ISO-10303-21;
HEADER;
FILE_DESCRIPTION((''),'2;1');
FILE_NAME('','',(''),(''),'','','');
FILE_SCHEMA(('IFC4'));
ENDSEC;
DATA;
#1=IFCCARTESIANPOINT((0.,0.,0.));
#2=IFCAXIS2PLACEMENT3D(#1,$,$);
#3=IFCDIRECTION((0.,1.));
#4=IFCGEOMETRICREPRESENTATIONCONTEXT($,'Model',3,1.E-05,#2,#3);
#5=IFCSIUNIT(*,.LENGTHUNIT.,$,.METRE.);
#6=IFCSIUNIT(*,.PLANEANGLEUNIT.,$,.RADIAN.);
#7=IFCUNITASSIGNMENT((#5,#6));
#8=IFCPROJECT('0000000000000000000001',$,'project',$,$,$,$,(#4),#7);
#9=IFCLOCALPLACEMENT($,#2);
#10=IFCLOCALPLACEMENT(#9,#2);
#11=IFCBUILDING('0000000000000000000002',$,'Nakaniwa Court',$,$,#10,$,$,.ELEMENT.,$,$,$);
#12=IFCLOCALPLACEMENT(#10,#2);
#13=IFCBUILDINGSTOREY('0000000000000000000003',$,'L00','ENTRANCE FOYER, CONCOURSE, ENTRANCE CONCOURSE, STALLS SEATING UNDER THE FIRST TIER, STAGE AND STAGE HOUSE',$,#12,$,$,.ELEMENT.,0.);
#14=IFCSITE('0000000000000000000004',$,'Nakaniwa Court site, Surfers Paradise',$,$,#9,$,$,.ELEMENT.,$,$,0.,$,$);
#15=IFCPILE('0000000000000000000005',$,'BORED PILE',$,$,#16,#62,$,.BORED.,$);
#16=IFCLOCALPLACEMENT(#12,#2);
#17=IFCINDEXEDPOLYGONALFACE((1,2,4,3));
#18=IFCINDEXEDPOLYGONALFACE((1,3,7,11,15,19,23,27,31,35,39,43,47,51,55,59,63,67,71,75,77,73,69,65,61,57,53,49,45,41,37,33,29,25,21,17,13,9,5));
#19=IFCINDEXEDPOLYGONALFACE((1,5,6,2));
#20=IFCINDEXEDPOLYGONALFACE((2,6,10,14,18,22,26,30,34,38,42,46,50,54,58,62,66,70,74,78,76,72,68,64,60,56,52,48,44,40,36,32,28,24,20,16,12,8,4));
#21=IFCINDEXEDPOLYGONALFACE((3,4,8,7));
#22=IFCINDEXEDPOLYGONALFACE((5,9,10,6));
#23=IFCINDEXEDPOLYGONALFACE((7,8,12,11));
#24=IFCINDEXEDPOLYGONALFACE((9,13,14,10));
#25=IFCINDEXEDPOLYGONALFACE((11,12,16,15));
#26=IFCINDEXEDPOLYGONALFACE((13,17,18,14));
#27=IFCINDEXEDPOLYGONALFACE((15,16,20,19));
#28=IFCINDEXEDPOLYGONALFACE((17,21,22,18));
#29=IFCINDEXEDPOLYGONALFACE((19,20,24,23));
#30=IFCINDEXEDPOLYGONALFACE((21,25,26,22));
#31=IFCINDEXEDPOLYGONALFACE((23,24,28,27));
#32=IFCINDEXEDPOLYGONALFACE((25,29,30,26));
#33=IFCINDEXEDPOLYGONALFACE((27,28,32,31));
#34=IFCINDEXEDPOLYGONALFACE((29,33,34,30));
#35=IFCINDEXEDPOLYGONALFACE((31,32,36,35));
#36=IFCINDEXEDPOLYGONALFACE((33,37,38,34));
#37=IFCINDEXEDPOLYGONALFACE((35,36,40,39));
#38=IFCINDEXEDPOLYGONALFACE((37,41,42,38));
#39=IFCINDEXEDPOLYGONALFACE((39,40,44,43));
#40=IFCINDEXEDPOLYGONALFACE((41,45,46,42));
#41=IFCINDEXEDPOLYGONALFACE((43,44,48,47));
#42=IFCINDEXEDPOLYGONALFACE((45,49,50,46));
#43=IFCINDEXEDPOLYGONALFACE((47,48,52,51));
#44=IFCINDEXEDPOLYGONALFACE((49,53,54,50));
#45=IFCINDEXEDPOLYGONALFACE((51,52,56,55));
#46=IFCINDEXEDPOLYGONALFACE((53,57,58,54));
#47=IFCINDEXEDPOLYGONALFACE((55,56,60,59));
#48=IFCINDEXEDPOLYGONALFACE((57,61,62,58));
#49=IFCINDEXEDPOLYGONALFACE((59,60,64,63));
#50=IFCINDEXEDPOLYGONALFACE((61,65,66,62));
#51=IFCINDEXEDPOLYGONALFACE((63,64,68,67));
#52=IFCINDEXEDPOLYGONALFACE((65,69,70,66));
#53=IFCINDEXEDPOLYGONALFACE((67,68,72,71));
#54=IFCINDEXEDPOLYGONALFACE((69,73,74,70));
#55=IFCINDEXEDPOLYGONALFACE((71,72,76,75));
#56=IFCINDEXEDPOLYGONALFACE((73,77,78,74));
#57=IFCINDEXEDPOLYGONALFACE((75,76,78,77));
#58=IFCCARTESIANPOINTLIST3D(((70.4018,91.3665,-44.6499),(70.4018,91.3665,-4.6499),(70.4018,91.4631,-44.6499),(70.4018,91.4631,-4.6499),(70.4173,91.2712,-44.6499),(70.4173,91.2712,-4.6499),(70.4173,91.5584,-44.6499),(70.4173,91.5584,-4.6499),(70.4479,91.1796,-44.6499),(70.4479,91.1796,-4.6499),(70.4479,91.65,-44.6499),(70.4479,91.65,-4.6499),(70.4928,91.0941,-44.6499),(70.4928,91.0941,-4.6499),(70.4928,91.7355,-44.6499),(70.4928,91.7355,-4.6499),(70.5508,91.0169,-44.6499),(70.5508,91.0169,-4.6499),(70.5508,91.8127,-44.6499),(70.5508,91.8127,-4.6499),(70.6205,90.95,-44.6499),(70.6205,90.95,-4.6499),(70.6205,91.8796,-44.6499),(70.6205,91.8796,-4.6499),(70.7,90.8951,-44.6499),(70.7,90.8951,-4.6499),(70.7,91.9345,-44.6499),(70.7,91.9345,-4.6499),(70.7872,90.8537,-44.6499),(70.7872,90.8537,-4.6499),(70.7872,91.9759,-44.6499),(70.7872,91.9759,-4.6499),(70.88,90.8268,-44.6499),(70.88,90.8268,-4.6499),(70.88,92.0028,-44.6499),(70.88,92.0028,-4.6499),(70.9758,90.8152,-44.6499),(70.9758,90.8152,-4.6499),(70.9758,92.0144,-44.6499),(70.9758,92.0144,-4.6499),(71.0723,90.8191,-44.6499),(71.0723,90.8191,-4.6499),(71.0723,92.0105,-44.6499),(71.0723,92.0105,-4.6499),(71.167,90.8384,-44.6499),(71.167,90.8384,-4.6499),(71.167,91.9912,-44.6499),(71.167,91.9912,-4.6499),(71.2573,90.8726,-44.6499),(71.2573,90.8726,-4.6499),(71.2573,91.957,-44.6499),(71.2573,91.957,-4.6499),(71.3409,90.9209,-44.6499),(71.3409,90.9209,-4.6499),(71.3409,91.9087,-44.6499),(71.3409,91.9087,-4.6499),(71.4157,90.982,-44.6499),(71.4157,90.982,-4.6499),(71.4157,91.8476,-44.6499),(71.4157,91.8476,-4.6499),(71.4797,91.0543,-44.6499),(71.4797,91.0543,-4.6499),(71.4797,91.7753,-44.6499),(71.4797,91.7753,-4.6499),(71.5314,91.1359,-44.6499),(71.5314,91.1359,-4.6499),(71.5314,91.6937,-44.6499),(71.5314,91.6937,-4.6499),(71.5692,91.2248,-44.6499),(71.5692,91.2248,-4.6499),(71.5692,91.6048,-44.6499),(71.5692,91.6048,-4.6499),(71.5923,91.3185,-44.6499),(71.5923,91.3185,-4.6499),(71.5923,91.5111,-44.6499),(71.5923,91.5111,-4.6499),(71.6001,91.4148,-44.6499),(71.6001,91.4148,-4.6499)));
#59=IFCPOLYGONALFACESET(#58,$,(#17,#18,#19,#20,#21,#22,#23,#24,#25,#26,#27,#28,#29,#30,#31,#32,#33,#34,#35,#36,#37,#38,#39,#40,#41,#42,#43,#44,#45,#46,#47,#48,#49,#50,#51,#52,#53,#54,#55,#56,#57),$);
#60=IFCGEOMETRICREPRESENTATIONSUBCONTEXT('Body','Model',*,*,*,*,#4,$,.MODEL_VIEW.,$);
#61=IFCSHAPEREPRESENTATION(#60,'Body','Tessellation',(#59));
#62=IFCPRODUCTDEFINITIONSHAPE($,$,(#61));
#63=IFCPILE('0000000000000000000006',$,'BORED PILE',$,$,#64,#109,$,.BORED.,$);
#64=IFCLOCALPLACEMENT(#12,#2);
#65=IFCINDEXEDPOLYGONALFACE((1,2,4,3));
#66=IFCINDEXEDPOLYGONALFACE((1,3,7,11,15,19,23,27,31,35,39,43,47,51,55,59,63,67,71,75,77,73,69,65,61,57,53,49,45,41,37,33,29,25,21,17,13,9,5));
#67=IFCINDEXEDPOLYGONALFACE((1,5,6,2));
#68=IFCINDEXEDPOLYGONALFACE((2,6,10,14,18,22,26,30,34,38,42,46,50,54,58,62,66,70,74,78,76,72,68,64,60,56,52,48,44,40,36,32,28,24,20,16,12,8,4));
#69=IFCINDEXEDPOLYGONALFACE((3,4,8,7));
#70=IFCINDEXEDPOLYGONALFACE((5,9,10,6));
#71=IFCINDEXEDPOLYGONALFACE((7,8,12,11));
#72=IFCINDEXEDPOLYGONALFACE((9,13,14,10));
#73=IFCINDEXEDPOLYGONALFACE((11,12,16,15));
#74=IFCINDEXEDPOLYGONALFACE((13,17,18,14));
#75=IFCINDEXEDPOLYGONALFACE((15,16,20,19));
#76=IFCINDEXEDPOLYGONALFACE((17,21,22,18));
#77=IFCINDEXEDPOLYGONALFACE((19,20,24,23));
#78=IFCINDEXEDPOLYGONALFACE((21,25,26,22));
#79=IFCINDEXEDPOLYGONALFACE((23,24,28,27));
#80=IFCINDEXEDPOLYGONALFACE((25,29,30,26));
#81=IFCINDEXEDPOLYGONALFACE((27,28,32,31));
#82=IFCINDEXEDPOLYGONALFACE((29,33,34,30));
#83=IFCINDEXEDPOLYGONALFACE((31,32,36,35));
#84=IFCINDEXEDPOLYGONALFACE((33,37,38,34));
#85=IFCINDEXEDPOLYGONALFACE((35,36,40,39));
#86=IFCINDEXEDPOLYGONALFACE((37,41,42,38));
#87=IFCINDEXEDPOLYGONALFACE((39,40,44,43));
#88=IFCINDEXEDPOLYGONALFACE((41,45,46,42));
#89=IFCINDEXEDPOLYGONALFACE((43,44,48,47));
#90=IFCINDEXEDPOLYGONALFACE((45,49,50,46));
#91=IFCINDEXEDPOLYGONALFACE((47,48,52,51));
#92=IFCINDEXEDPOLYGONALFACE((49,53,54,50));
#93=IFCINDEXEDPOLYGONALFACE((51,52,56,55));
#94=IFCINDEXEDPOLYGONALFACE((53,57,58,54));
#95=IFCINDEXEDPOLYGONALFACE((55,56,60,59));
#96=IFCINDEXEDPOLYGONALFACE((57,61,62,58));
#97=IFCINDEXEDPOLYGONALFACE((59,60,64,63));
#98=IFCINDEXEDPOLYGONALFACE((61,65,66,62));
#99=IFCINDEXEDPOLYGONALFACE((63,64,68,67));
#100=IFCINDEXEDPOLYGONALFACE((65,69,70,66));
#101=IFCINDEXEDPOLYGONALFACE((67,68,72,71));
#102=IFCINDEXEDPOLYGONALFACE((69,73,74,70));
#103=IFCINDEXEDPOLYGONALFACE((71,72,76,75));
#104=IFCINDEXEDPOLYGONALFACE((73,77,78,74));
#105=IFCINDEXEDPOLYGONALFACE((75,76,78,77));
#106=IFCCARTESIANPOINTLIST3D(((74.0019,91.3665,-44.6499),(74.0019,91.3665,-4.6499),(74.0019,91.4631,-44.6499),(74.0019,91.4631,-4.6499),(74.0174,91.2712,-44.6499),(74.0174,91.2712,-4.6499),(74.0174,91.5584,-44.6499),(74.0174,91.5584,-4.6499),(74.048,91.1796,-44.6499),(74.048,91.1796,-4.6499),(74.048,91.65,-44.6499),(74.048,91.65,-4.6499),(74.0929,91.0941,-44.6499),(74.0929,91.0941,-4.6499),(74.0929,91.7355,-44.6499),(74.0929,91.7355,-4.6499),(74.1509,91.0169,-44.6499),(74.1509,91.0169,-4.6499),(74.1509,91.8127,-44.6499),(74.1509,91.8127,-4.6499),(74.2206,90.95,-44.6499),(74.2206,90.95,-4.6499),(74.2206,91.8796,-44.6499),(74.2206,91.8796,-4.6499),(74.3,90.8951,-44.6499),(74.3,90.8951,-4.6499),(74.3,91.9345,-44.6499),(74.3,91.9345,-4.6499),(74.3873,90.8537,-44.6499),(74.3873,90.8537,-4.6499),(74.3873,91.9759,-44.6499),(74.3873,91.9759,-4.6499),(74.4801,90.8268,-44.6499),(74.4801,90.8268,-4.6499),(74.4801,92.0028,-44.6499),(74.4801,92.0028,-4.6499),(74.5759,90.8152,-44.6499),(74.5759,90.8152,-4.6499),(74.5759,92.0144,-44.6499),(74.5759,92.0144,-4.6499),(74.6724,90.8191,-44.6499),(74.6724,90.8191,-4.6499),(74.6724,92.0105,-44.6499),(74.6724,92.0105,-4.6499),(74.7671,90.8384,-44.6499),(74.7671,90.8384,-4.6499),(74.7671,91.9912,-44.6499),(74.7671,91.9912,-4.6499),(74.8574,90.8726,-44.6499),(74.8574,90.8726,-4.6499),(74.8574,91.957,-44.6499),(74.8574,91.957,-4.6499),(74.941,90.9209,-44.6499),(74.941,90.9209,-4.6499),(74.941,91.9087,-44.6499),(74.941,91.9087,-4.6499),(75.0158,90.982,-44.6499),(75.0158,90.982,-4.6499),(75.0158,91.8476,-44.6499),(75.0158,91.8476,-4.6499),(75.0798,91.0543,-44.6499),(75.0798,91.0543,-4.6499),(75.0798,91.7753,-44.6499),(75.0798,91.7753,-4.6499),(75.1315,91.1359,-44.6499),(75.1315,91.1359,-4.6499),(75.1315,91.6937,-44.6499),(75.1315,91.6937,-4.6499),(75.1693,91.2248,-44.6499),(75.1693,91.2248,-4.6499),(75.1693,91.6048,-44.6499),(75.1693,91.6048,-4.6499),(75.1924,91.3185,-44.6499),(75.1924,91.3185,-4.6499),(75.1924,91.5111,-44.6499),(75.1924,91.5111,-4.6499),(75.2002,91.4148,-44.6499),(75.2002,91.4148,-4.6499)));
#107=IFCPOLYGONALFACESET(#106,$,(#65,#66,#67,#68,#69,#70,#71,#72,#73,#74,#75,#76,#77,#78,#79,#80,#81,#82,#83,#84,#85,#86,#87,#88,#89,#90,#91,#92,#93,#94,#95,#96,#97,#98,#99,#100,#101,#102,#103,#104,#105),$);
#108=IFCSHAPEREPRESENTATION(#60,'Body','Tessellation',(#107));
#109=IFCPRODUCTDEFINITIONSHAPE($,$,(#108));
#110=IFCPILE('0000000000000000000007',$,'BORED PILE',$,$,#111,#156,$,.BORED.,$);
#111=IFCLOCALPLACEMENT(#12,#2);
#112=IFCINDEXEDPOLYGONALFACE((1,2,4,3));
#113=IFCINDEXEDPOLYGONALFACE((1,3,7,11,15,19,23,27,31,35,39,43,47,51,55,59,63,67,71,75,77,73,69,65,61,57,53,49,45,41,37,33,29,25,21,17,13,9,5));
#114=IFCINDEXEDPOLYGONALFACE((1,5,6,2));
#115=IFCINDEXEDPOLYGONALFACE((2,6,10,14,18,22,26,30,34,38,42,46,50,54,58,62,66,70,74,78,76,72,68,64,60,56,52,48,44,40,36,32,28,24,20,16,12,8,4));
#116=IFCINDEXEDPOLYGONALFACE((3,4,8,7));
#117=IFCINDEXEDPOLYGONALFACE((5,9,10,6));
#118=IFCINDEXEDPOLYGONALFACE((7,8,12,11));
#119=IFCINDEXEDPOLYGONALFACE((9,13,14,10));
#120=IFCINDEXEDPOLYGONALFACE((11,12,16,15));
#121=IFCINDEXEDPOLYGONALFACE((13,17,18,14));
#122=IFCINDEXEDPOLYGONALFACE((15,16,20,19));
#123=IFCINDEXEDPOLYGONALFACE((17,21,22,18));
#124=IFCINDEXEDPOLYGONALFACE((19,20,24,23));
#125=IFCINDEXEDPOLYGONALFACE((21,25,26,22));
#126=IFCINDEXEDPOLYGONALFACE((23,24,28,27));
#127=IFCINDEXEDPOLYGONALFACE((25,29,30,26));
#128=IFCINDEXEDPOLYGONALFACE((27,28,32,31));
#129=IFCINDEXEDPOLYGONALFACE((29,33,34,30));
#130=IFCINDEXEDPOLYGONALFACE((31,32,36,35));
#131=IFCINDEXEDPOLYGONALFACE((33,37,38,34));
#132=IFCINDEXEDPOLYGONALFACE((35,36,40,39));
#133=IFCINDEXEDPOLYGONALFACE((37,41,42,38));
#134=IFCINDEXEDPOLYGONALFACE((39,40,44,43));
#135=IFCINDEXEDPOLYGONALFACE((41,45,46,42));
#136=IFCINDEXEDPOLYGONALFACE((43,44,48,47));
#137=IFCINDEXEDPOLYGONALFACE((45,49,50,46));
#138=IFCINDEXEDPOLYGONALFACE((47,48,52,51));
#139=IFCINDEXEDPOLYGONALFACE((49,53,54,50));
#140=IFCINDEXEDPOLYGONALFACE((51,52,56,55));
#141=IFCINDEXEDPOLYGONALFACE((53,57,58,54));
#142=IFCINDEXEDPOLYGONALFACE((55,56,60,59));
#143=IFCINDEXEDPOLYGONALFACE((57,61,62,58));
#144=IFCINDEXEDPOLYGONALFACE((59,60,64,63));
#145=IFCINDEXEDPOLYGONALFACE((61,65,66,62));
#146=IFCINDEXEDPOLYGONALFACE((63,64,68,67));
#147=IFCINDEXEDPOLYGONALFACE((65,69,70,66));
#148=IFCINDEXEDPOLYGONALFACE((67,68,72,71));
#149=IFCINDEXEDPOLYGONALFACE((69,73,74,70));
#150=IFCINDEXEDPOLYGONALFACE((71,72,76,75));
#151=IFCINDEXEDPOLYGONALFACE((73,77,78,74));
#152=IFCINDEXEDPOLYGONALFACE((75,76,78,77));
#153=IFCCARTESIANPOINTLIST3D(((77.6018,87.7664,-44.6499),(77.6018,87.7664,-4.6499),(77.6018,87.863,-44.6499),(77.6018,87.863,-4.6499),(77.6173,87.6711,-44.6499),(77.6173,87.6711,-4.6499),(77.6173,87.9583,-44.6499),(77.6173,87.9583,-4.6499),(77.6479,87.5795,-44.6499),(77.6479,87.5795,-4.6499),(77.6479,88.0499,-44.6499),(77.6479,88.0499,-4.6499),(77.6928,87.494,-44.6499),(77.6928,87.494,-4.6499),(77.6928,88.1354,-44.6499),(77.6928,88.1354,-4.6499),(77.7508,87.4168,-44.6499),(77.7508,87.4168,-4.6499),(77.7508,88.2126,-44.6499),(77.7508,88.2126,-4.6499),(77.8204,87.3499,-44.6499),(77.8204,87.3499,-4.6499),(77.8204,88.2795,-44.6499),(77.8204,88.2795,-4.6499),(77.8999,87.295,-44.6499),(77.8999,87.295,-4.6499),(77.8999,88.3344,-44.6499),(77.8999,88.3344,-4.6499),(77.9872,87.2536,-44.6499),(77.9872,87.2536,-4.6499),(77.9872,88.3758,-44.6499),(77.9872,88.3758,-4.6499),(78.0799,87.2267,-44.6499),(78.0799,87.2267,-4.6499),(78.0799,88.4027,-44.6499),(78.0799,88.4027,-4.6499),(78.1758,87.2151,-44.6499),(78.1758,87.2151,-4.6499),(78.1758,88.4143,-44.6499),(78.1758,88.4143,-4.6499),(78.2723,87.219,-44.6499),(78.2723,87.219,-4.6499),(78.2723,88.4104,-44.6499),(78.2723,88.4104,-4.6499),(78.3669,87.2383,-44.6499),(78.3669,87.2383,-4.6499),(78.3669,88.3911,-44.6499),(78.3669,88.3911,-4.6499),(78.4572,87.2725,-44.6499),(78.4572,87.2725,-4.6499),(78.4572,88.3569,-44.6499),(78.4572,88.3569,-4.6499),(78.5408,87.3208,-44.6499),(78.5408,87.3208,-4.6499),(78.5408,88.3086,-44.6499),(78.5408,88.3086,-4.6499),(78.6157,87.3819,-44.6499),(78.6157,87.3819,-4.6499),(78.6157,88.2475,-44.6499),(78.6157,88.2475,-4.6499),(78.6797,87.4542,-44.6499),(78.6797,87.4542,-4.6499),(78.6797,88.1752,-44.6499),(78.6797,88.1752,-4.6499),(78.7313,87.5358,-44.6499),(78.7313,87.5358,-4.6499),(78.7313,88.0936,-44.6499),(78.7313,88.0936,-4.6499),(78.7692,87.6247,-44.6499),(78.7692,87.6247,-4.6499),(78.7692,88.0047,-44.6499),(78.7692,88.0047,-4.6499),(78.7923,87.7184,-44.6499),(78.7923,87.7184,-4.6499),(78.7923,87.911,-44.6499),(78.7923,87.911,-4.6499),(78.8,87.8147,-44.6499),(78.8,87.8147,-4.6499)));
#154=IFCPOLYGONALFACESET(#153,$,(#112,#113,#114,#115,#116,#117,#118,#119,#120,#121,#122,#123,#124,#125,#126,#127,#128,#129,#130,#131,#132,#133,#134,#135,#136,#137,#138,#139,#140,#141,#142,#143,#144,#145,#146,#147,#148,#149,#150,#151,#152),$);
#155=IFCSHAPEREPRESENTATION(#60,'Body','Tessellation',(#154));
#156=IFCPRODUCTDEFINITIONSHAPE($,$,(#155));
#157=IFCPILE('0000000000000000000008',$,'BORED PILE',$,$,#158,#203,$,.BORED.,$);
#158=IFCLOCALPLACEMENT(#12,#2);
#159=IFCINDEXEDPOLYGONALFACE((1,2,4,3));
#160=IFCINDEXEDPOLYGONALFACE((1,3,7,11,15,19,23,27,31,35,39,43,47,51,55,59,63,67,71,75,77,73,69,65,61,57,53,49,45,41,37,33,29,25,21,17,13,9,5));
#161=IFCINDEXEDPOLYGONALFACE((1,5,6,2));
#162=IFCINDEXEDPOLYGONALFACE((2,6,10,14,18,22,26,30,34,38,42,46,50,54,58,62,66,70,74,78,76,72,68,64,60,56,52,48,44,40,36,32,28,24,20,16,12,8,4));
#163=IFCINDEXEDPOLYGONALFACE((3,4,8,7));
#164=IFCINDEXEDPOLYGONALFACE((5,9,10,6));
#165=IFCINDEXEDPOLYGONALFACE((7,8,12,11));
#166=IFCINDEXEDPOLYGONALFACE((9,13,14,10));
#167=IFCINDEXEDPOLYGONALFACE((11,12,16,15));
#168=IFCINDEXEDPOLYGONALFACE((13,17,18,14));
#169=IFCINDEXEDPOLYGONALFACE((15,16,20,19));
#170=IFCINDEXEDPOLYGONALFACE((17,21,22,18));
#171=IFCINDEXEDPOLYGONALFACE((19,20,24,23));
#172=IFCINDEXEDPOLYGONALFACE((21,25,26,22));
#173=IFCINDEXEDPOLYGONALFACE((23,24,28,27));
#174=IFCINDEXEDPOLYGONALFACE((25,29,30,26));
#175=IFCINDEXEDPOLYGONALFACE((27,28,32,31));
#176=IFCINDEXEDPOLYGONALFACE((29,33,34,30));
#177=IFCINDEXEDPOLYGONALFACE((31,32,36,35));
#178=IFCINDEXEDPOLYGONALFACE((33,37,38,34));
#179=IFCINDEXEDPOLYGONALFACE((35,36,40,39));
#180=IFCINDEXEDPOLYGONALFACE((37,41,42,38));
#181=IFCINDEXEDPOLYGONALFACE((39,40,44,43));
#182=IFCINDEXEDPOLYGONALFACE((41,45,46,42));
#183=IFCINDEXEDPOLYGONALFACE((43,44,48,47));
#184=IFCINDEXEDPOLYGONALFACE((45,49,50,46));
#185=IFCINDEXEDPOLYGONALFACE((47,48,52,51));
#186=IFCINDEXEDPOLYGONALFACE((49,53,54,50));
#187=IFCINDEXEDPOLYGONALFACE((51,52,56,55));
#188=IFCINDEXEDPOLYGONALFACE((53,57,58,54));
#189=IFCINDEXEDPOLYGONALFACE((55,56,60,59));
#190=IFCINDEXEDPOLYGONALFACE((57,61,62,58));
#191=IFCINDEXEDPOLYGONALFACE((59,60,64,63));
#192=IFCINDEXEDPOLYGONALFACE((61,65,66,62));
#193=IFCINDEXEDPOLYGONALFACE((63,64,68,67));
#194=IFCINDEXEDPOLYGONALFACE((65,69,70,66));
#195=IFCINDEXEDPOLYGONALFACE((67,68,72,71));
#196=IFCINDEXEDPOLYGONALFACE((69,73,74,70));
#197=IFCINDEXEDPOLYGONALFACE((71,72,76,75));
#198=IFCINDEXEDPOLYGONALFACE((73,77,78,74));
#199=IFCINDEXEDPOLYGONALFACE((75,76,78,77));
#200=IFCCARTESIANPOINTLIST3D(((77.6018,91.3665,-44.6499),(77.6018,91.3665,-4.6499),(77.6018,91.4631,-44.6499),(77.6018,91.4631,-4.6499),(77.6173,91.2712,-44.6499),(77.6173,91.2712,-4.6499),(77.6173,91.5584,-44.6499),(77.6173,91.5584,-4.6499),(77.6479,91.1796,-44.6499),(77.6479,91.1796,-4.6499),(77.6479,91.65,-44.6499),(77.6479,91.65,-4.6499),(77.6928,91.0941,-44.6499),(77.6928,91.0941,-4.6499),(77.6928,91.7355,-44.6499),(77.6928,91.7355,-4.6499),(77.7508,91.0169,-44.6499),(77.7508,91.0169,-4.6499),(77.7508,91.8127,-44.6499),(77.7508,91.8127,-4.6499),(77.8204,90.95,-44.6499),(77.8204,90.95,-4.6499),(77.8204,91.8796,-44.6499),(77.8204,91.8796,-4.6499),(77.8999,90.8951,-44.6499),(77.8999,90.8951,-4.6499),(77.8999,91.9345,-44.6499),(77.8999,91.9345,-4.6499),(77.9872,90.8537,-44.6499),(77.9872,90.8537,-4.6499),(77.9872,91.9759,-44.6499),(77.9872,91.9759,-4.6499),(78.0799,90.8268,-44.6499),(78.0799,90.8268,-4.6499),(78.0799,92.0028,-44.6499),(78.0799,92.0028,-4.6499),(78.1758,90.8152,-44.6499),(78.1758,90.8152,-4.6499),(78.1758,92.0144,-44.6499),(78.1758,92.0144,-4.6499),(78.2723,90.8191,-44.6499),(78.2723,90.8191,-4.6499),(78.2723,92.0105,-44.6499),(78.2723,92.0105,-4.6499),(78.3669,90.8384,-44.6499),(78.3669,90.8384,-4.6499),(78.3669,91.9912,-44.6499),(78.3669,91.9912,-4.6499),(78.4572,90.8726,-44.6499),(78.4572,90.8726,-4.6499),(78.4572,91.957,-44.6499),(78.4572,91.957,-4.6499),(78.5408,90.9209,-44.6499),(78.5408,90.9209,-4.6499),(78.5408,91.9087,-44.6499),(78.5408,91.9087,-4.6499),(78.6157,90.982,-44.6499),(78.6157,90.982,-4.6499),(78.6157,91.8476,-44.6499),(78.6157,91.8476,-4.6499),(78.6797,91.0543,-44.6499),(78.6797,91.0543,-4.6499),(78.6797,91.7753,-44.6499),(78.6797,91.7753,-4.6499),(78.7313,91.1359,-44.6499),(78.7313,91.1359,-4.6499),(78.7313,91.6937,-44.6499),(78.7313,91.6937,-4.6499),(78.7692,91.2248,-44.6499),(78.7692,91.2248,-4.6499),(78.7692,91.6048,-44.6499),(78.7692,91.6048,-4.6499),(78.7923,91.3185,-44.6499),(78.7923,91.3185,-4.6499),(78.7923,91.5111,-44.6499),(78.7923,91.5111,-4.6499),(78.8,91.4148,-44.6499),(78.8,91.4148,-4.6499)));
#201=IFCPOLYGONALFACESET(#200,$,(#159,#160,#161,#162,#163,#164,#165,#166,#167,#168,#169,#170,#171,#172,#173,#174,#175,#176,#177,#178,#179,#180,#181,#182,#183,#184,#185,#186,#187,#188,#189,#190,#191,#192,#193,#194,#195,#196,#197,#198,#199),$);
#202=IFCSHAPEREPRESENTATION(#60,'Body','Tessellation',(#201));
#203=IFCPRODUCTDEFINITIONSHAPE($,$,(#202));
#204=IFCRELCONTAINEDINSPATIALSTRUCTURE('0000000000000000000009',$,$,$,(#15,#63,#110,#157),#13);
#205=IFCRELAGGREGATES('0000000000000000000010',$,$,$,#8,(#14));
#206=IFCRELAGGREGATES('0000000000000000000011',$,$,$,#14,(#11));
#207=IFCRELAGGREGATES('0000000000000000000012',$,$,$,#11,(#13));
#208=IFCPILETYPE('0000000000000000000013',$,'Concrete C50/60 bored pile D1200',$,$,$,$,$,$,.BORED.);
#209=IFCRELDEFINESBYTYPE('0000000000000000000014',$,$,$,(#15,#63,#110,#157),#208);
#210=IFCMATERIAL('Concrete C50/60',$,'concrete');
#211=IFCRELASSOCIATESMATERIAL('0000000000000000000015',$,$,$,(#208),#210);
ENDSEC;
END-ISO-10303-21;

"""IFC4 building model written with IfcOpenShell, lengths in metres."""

from ifc_helpers import new_model, si_unit, direction, frame, origin, origin_2d, place, context, subcontext, project, spatial, circle, extrude, material, material_profile, profile_set, type_object, element, save


model = new_model("IFC4")

# Units and contexts
model_context = context("Model", 3, precision=1e-05, world=origin(), true_north=direction((0.0, 1.0)))
body_context = subcontext(model_context, "Body", "Model", "MODEL_VIEW")
ifc_project = project(units=[si_unit("LENGTHUNIT", "METRE"), si_unit("PLANEANGLEUNIT", "RADIAN")], contexts=[model_context])

# Site, building, storey
site_placement = place(None, origin())
site = spatial("IfcSite", under=ifc_project, at=site_placement, Name="Nakaniwa Court site, Surfers Paradise", CompositionType="ELEMENT", RefElevation=0.0)
building_placement = place(site_placement, origin())
building = spatial("IfcBuilding", under=site, at=building_placement, Name="Nakaniwa Court", CompositionType="ELEMENT")
storey_placement = place(building_placement, origin())
storey = spatial("IfcBuildingStorey", under=building, at=storey_placement, Name="L00", Description="ENTRANCE FOYER, CONCOURSE, ENTRANCE CONCOURSE, STALLS SEATING UNDER THE FIRST TIER, STAGE AND STAGE HOUSE", CompositionType="ELEMENT", Elevation=0.0)

# Piles
ifc_material_1 = material(Name="Concrete C50/60", Category="concrete")
ifc_material_profile = material_profile(ifc_material_1, circle(Radius=0.6001, at=origin_2d()), Name="Concrete C50/60 bored pile D1200")
ifc_profile_set = profile_set([ifc_material_profile], Name="Concrete C50/60")
pile_type = type_object("IfcPileType", Name="Concrete C50/60 bored pile D1200", PredefinedType="BORED", material=ifc_profile_set)
for number, where, z_axis, x_axis, name in (
    (1, (71.0, 91.4148, -4.6499), (0.0, 0.0, -1.0), (1.0, 0.0, 0.0), "BORED PILE"),
    (2, (74.6001, 91.4148, -4.6499), (0.0, 0.0, -1.0), (1.0, 0.0, 0.0), "BORED PILE"),
    (3, (78.2, 87.8147, -4.6499), (0.0, 0.0, -1.0), (1.0, 0.0, 0.0), "BORED PILE"),
    (4, (78.2, 91.4148, -4.6499), (0.0, 0.0, -1.0), (1.0, 0.0, 0.0), "BORED PILE"),
):
    element("IfcPile", number, at=place(storey_placement, frame(where, z_axis=z_axis, x_axis=x_axis)), inside=storey, type_object=pile_type, Name=name, PredefinedType="BORED", context=body_context, shape_type="SweptSolid", body=[
        extrude(circle(Radius=0.6001, at=origin_2d()), origin(), (0.0, 0.0, 1.0), 40.0),
    ])

save(model, "model.ifc")
